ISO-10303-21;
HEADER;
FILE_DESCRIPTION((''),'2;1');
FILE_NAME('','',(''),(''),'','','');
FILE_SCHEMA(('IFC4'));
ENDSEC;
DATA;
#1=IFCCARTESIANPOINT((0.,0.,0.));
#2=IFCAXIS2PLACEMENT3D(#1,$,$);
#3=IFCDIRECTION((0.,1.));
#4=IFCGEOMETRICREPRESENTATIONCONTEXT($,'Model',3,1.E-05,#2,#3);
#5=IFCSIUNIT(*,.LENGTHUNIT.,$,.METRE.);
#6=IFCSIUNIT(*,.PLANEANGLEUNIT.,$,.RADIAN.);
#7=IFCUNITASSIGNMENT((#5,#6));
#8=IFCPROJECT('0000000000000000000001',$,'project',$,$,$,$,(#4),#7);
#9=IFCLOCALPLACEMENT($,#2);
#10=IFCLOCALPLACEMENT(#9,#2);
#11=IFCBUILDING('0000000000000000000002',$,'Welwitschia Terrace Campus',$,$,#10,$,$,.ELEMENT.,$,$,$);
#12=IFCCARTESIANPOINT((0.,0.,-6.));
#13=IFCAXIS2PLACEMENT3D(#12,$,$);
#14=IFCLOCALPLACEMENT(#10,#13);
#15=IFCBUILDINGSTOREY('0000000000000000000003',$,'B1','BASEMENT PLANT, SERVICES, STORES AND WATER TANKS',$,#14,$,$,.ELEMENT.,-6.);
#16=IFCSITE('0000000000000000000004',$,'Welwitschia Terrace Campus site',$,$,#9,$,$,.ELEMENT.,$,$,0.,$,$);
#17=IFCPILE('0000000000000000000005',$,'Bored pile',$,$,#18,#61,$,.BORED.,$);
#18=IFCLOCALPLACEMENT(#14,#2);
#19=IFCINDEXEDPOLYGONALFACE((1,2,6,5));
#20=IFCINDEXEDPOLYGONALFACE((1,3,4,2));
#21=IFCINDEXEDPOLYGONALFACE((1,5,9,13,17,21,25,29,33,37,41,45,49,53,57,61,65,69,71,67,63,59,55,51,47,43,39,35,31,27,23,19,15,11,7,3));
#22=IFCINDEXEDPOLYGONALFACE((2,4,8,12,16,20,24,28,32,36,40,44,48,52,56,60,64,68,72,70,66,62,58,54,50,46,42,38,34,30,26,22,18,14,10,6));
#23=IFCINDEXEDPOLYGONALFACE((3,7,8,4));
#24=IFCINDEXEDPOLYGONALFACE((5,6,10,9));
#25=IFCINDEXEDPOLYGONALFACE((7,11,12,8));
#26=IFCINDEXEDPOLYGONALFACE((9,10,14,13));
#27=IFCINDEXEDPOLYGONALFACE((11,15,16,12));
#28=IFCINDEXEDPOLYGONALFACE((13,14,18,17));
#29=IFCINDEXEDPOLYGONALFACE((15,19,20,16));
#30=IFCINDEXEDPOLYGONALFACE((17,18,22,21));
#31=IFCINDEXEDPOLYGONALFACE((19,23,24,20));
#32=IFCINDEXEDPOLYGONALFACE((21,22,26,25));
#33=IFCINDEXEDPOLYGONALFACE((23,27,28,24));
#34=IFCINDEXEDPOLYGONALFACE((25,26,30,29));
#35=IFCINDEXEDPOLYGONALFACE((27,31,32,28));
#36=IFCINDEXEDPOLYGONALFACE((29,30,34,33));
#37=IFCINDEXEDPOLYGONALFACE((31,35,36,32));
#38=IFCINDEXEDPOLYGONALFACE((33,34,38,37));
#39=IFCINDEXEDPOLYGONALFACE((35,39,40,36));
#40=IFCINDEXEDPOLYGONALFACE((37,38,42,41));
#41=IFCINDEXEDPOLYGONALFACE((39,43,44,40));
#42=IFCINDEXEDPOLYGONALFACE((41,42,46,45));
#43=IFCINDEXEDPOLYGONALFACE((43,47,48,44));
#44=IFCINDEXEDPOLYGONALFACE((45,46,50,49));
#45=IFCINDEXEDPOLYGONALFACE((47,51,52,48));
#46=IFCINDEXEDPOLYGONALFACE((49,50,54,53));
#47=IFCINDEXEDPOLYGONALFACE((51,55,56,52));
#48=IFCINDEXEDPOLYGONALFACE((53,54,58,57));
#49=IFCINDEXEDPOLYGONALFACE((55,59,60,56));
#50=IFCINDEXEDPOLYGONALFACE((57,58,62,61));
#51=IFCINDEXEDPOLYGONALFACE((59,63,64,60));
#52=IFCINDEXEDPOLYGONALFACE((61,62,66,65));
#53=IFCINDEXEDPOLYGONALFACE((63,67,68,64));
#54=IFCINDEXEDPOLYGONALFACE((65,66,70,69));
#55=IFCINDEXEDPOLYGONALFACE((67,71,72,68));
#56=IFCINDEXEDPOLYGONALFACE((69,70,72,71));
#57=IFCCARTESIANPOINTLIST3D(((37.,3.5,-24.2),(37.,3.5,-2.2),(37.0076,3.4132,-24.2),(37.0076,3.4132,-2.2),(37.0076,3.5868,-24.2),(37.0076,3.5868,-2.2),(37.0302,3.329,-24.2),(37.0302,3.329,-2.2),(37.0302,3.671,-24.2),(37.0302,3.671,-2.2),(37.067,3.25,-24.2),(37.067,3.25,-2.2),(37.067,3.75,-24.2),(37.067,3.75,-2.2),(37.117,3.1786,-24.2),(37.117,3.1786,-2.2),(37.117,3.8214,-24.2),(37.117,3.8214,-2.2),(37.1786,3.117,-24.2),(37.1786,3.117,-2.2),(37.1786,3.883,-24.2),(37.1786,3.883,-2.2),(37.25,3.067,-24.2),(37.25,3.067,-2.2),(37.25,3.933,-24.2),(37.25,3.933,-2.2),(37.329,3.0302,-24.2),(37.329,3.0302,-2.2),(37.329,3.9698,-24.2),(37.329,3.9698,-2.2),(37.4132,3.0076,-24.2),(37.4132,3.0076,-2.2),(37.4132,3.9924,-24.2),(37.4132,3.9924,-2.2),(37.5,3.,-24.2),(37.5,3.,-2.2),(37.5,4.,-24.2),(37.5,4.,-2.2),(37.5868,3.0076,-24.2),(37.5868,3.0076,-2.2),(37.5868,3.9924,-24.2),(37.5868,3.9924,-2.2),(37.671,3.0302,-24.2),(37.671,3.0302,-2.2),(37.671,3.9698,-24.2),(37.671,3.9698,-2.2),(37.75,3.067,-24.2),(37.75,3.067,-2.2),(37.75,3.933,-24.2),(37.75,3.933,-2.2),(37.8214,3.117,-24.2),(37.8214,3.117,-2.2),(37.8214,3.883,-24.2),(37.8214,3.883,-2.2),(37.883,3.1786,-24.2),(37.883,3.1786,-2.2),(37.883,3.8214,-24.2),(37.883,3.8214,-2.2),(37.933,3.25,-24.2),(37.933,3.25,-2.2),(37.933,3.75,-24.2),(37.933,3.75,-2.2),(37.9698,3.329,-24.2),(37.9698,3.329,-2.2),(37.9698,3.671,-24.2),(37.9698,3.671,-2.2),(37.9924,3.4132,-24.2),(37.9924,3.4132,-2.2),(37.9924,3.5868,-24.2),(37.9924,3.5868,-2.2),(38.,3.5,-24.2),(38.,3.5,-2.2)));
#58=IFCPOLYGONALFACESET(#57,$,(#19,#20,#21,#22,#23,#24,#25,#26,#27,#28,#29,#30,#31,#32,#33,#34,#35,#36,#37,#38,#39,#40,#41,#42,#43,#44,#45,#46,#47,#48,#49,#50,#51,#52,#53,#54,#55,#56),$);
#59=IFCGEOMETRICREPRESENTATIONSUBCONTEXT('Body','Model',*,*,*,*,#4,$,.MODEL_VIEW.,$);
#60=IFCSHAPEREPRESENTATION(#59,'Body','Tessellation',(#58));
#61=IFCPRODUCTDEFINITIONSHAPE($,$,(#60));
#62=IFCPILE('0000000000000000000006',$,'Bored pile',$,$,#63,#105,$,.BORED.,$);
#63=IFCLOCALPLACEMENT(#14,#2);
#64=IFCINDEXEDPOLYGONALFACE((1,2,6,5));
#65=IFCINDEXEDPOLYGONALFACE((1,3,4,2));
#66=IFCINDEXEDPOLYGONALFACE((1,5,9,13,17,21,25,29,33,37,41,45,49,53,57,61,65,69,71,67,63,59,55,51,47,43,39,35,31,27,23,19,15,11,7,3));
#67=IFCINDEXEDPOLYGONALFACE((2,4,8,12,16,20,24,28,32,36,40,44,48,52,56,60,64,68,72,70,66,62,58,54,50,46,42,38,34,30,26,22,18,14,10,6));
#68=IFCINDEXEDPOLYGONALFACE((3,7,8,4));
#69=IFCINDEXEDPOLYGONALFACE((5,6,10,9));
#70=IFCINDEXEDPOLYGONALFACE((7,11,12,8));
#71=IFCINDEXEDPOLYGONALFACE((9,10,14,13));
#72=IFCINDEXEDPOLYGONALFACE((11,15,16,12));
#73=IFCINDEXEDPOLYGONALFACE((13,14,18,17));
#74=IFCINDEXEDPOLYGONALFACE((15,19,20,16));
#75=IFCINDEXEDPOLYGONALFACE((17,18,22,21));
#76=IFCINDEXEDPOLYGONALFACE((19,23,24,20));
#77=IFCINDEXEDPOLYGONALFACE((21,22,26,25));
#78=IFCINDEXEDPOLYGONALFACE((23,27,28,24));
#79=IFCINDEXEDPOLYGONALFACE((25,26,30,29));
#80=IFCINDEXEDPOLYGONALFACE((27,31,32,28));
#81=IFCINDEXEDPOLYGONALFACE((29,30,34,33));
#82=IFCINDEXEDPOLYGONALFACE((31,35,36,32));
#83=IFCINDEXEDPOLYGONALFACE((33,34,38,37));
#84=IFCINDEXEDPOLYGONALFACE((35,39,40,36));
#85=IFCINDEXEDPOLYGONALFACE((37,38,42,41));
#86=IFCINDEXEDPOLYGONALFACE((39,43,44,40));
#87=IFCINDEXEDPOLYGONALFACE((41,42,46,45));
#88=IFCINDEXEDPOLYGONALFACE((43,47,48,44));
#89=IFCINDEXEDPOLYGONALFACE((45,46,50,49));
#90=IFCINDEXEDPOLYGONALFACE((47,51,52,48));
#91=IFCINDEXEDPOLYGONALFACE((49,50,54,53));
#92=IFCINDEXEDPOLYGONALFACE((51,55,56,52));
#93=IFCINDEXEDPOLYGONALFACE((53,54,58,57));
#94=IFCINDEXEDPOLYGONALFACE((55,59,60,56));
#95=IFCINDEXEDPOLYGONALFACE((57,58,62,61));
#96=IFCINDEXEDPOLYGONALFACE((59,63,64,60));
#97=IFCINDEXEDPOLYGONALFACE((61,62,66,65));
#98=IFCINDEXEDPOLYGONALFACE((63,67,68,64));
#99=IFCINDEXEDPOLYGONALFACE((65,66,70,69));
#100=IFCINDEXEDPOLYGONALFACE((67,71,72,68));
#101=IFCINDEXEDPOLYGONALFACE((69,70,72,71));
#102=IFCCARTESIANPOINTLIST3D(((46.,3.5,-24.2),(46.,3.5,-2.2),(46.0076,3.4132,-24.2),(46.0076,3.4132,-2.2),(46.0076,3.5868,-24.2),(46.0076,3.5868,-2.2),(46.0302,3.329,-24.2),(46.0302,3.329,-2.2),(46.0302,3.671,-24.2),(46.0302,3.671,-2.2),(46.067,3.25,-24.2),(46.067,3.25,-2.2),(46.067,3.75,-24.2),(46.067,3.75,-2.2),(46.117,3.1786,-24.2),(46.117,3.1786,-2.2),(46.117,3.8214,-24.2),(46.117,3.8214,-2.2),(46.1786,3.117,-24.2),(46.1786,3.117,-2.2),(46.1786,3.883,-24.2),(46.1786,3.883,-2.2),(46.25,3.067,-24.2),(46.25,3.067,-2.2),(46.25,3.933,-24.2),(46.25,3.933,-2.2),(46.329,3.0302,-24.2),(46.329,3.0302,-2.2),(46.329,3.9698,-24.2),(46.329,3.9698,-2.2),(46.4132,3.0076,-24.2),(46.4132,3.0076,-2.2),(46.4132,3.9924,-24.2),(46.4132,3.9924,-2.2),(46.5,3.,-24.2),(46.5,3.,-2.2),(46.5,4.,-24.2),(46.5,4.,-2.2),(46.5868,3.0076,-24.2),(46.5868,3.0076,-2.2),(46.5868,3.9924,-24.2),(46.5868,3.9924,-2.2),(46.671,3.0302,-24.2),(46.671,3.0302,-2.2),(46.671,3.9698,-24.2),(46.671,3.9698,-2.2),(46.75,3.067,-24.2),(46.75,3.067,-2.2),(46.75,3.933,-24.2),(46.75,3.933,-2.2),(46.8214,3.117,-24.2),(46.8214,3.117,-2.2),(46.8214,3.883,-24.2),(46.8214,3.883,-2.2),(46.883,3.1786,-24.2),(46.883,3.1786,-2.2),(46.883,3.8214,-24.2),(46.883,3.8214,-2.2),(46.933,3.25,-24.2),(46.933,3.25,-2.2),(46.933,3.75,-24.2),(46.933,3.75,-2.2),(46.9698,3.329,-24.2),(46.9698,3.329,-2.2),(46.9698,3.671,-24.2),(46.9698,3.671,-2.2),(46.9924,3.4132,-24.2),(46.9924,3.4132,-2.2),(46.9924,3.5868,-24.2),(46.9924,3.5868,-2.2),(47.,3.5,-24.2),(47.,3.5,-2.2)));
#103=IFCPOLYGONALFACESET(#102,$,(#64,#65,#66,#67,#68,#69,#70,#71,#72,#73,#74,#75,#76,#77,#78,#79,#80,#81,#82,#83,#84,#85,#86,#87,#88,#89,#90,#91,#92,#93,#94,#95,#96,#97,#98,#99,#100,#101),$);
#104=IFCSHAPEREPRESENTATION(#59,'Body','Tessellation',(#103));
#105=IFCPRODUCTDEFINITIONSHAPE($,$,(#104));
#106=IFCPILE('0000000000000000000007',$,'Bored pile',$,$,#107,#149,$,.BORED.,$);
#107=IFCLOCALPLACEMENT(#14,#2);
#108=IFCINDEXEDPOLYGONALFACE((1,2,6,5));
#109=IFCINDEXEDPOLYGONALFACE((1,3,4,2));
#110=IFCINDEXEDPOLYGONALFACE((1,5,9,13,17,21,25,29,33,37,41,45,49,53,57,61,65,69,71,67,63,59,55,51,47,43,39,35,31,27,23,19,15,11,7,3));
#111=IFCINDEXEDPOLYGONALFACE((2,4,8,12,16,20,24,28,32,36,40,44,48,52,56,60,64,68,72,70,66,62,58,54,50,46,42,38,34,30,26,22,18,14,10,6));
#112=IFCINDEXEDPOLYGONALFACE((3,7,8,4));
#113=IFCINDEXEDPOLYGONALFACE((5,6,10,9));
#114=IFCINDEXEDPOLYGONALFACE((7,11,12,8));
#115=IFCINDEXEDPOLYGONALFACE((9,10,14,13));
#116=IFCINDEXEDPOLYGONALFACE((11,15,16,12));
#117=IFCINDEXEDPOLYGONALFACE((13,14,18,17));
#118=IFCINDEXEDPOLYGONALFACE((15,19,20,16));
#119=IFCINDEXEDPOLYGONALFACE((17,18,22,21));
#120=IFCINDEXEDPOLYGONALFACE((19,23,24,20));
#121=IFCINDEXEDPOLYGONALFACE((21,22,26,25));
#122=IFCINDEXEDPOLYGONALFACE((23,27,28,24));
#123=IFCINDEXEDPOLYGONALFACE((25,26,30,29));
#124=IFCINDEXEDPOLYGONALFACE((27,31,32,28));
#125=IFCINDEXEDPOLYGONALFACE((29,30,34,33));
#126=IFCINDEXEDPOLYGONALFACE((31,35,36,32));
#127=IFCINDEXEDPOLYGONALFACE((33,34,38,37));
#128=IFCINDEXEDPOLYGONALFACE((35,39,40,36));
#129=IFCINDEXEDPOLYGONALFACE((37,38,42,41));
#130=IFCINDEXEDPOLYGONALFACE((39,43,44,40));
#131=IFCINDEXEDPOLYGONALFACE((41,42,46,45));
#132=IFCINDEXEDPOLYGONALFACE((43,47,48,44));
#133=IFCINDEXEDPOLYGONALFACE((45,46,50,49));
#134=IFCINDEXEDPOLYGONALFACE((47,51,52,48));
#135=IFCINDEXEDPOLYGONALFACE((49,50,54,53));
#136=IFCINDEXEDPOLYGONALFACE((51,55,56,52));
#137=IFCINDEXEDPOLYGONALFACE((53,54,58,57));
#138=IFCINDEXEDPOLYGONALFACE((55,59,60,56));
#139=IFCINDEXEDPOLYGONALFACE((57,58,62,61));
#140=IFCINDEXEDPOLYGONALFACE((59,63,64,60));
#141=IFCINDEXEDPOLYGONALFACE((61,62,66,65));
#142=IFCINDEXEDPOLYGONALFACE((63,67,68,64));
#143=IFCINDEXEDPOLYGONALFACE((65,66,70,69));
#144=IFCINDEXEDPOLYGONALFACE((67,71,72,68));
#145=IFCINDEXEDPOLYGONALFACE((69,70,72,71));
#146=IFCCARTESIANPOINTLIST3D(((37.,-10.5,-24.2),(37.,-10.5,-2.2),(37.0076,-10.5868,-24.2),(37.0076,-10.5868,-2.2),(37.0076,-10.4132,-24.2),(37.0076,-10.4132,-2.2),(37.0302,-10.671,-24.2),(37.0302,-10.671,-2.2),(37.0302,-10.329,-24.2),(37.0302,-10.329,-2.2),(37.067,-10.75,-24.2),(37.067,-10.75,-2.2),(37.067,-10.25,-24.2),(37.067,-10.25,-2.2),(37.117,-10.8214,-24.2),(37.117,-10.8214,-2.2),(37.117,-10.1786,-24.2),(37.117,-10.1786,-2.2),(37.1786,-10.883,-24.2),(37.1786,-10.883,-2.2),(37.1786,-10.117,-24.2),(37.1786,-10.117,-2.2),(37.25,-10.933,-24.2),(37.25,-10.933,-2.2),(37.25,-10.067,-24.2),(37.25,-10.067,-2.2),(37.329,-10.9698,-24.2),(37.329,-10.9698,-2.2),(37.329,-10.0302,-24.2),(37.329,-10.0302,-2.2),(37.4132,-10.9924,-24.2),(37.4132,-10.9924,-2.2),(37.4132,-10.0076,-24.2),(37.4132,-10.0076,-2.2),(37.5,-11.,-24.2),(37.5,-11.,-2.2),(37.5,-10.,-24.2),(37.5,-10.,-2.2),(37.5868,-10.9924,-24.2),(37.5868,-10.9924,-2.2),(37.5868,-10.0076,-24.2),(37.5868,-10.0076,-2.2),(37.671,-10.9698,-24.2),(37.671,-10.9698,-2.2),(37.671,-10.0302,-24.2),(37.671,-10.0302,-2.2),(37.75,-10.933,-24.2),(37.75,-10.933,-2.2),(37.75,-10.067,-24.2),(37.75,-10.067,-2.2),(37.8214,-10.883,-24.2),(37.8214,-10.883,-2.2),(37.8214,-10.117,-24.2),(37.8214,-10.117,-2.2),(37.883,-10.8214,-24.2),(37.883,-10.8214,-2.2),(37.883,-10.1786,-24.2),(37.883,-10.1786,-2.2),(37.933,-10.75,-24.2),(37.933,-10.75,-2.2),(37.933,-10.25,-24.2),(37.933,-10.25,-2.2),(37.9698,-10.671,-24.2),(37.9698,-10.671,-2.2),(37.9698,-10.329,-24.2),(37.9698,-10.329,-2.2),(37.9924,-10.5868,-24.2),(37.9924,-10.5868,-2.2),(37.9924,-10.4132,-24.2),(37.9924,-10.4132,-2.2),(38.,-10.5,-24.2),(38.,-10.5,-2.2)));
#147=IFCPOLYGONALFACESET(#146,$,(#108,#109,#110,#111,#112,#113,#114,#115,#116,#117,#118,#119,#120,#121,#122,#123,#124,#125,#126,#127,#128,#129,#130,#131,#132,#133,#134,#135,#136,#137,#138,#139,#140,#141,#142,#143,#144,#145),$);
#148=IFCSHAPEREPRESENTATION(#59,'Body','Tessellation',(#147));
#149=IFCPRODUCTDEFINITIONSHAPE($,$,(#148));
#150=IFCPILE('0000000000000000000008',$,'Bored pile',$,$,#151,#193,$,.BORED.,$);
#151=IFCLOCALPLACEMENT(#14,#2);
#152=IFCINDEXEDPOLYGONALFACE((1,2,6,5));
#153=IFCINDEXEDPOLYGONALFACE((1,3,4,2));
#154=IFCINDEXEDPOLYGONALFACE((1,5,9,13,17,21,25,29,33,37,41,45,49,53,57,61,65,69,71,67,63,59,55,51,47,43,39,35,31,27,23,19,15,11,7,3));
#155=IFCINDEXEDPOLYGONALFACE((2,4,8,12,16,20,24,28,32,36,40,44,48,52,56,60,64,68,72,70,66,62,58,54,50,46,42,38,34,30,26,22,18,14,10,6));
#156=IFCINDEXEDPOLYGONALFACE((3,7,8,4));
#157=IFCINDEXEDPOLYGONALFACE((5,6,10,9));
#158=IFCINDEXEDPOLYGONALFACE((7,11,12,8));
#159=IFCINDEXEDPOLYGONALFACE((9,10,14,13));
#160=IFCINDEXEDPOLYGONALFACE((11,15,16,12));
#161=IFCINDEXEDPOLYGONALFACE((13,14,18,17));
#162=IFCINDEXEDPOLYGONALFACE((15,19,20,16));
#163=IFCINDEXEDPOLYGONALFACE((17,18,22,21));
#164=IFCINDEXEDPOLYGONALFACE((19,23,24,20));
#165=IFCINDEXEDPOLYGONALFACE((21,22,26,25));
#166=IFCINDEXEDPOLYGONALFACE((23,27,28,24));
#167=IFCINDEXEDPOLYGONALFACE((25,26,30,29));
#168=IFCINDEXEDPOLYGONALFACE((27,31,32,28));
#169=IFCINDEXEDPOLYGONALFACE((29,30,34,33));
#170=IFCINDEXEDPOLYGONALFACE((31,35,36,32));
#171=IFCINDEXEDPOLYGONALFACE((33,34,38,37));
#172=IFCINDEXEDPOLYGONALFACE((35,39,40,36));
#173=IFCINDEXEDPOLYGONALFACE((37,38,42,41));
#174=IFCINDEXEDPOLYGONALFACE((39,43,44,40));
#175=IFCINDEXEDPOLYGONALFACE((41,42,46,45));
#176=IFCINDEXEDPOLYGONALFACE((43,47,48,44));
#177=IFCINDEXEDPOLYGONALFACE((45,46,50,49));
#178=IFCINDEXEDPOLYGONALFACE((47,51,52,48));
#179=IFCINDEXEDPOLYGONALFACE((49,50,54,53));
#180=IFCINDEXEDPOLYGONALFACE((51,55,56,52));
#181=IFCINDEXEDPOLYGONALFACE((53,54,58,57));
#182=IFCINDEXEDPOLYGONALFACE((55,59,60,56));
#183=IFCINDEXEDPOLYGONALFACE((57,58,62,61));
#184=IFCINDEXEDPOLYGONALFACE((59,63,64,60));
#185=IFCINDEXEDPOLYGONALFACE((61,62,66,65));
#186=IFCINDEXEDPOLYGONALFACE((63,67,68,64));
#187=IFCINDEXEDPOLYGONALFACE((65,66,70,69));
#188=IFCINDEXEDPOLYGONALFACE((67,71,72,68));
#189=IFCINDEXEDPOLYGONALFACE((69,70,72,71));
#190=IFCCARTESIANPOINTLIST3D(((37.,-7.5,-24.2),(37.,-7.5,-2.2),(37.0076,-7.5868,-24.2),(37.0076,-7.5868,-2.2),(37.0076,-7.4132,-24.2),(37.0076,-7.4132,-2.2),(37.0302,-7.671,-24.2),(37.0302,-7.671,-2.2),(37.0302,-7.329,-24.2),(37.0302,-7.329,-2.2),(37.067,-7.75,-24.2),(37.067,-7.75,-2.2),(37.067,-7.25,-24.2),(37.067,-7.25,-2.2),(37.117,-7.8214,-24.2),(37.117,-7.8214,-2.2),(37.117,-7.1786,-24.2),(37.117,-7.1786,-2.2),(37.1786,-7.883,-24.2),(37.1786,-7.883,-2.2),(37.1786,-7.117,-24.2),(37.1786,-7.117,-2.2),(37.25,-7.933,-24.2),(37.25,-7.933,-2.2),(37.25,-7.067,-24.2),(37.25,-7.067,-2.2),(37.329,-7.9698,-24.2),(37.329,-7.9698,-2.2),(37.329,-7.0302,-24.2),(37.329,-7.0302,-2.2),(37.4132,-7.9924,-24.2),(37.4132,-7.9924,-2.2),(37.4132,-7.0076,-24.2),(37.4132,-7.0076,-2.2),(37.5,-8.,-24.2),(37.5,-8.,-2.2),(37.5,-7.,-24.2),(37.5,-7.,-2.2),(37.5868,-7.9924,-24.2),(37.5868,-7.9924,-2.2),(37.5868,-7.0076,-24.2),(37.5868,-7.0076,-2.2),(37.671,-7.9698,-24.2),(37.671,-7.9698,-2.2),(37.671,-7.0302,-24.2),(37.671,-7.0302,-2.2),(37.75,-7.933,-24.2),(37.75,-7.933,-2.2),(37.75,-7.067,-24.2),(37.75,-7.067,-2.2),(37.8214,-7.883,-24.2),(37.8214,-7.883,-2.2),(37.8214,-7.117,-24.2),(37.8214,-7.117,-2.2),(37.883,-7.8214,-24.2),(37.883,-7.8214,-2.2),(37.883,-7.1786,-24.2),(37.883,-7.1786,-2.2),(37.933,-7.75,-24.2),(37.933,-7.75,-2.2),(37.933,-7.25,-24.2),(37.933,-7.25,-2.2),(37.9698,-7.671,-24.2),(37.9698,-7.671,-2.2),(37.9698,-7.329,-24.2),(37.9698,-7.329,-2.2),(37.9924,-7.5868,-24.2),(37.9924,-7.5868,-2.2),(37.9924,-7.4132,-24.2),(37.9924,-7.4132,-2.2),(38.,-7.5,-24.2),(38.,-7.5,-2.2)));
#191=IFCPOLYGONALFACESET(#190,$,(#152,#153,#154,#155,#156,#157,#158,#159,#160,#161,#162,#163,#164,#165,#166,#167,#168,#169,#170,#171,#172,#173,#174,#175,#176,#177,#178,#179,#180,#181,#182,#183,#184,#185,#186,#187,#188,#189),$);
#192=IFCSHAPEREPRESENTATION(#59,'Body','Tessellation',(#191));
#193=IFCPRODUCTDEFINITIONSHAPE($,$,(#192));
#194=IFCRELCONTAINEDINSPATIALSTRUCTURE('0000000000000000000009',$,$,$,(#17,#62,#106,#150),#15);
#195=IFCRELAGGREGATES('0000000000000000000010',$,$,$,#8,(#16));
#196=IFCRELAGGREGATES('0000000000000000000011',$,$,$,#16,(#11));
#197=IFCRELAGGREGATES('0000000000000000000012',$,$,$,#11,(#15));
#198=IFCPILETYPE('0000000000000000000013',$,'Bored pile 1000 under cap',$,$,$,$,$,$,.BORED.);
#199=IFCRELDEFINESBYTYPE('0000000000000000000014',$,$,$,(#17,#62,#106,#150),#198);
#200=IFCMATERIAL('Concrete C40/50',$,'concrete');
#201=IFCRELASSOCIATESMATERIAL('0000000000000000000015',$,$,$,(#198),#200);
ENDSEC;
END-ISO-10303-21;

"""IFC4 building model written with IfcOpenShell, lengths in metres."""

from ifc_helpers import new_model, si_unit, direction, frame, origin, origin_2d, place, context, subcontext, project, spatial, circle, extrude, material, type_object, element, save


model = new_model("IFC4")

# Units and contexts
model_context = context("Model", 3, precision=1e-05, world=origin(), true_north=direction((0.0, 1.0)))
body_context = subcontext(model_context, "Body", "Model", "MODEL_VIEW")
ifc_project = project(units=[si_unit("LENGTHUNIT", "METRE"), si_unit("PLANEANGLEUNIT", "RADIAN")], contexts=[model_context])

# Site, building, storey
site_placement = place(None, origin())
site = spatial("IfcSite", under=ifc_project, at=site_placement, Name="Welwitschia Terrace Campus site", CompositionType="ELEMENT", RefElevation=0.0)
building_placement = place(site_placement, origin())
building = spatial("IfcBuilding", under=site, at=building_placement, Name="Welwitschia Terrace Campus", CompositionType="ELEMENT")
storey_placement = place(building_placement, frame((0.0, 0.0, -6.0)))
storey = spatial("IfcBuildingStorey", under=building, at=storey_placement, Name="B1", Description="BASEMENT PLANT, SERVICES, STORES AND WATER TANKS", CompositionType="ELEMENT", Elevation=-6.0)

# Piles
ifc_material_1 = material(Name="Concrete C40/50", Category="concrete")
pile_type = type_object("IfcPileType", Name="Bored pile 1000 under cap", PredefinedType="BORED", material=ifc_material_1)
for number, where, z_axis, x_axis, name in (
    (1, (37.5, 3.5, -2.2), (0.0, 0.0, -1.0), (1.0, 0.0, 0.0), "Bored pile"),
    (2, (46.5, 3.5, -2.2), (0.0, 0.0, -1.0), (1.0, 0.0, 0.0), "Bored pile"),
    (3, (37.5, -10.5, -2.2), (0.0, 0.0, -1.0), (1.0, 0.0, 0.0), "Bored pile"),
    (4, (37.5, -7.5, -2.2), (0.0, 0.0, -1.0), (1.0, 0.0, 0.0), "Bored pile"),
):
    element("IfcPile", number, at=place(storey_placement, frame(where, z_axis=z_axis, x_axis=x_axis)), inside=storey, type_object=pile_type, Name=name, PredefinedType="BORED", context=body_context, shape_type="SweptSolid", body=[
        extrude(circle(Radius=0.5, at=origin_2d()), origin(), (0.0, 0.0, 1.0), 22.0),
    ])

save(model, "model.ifc")
